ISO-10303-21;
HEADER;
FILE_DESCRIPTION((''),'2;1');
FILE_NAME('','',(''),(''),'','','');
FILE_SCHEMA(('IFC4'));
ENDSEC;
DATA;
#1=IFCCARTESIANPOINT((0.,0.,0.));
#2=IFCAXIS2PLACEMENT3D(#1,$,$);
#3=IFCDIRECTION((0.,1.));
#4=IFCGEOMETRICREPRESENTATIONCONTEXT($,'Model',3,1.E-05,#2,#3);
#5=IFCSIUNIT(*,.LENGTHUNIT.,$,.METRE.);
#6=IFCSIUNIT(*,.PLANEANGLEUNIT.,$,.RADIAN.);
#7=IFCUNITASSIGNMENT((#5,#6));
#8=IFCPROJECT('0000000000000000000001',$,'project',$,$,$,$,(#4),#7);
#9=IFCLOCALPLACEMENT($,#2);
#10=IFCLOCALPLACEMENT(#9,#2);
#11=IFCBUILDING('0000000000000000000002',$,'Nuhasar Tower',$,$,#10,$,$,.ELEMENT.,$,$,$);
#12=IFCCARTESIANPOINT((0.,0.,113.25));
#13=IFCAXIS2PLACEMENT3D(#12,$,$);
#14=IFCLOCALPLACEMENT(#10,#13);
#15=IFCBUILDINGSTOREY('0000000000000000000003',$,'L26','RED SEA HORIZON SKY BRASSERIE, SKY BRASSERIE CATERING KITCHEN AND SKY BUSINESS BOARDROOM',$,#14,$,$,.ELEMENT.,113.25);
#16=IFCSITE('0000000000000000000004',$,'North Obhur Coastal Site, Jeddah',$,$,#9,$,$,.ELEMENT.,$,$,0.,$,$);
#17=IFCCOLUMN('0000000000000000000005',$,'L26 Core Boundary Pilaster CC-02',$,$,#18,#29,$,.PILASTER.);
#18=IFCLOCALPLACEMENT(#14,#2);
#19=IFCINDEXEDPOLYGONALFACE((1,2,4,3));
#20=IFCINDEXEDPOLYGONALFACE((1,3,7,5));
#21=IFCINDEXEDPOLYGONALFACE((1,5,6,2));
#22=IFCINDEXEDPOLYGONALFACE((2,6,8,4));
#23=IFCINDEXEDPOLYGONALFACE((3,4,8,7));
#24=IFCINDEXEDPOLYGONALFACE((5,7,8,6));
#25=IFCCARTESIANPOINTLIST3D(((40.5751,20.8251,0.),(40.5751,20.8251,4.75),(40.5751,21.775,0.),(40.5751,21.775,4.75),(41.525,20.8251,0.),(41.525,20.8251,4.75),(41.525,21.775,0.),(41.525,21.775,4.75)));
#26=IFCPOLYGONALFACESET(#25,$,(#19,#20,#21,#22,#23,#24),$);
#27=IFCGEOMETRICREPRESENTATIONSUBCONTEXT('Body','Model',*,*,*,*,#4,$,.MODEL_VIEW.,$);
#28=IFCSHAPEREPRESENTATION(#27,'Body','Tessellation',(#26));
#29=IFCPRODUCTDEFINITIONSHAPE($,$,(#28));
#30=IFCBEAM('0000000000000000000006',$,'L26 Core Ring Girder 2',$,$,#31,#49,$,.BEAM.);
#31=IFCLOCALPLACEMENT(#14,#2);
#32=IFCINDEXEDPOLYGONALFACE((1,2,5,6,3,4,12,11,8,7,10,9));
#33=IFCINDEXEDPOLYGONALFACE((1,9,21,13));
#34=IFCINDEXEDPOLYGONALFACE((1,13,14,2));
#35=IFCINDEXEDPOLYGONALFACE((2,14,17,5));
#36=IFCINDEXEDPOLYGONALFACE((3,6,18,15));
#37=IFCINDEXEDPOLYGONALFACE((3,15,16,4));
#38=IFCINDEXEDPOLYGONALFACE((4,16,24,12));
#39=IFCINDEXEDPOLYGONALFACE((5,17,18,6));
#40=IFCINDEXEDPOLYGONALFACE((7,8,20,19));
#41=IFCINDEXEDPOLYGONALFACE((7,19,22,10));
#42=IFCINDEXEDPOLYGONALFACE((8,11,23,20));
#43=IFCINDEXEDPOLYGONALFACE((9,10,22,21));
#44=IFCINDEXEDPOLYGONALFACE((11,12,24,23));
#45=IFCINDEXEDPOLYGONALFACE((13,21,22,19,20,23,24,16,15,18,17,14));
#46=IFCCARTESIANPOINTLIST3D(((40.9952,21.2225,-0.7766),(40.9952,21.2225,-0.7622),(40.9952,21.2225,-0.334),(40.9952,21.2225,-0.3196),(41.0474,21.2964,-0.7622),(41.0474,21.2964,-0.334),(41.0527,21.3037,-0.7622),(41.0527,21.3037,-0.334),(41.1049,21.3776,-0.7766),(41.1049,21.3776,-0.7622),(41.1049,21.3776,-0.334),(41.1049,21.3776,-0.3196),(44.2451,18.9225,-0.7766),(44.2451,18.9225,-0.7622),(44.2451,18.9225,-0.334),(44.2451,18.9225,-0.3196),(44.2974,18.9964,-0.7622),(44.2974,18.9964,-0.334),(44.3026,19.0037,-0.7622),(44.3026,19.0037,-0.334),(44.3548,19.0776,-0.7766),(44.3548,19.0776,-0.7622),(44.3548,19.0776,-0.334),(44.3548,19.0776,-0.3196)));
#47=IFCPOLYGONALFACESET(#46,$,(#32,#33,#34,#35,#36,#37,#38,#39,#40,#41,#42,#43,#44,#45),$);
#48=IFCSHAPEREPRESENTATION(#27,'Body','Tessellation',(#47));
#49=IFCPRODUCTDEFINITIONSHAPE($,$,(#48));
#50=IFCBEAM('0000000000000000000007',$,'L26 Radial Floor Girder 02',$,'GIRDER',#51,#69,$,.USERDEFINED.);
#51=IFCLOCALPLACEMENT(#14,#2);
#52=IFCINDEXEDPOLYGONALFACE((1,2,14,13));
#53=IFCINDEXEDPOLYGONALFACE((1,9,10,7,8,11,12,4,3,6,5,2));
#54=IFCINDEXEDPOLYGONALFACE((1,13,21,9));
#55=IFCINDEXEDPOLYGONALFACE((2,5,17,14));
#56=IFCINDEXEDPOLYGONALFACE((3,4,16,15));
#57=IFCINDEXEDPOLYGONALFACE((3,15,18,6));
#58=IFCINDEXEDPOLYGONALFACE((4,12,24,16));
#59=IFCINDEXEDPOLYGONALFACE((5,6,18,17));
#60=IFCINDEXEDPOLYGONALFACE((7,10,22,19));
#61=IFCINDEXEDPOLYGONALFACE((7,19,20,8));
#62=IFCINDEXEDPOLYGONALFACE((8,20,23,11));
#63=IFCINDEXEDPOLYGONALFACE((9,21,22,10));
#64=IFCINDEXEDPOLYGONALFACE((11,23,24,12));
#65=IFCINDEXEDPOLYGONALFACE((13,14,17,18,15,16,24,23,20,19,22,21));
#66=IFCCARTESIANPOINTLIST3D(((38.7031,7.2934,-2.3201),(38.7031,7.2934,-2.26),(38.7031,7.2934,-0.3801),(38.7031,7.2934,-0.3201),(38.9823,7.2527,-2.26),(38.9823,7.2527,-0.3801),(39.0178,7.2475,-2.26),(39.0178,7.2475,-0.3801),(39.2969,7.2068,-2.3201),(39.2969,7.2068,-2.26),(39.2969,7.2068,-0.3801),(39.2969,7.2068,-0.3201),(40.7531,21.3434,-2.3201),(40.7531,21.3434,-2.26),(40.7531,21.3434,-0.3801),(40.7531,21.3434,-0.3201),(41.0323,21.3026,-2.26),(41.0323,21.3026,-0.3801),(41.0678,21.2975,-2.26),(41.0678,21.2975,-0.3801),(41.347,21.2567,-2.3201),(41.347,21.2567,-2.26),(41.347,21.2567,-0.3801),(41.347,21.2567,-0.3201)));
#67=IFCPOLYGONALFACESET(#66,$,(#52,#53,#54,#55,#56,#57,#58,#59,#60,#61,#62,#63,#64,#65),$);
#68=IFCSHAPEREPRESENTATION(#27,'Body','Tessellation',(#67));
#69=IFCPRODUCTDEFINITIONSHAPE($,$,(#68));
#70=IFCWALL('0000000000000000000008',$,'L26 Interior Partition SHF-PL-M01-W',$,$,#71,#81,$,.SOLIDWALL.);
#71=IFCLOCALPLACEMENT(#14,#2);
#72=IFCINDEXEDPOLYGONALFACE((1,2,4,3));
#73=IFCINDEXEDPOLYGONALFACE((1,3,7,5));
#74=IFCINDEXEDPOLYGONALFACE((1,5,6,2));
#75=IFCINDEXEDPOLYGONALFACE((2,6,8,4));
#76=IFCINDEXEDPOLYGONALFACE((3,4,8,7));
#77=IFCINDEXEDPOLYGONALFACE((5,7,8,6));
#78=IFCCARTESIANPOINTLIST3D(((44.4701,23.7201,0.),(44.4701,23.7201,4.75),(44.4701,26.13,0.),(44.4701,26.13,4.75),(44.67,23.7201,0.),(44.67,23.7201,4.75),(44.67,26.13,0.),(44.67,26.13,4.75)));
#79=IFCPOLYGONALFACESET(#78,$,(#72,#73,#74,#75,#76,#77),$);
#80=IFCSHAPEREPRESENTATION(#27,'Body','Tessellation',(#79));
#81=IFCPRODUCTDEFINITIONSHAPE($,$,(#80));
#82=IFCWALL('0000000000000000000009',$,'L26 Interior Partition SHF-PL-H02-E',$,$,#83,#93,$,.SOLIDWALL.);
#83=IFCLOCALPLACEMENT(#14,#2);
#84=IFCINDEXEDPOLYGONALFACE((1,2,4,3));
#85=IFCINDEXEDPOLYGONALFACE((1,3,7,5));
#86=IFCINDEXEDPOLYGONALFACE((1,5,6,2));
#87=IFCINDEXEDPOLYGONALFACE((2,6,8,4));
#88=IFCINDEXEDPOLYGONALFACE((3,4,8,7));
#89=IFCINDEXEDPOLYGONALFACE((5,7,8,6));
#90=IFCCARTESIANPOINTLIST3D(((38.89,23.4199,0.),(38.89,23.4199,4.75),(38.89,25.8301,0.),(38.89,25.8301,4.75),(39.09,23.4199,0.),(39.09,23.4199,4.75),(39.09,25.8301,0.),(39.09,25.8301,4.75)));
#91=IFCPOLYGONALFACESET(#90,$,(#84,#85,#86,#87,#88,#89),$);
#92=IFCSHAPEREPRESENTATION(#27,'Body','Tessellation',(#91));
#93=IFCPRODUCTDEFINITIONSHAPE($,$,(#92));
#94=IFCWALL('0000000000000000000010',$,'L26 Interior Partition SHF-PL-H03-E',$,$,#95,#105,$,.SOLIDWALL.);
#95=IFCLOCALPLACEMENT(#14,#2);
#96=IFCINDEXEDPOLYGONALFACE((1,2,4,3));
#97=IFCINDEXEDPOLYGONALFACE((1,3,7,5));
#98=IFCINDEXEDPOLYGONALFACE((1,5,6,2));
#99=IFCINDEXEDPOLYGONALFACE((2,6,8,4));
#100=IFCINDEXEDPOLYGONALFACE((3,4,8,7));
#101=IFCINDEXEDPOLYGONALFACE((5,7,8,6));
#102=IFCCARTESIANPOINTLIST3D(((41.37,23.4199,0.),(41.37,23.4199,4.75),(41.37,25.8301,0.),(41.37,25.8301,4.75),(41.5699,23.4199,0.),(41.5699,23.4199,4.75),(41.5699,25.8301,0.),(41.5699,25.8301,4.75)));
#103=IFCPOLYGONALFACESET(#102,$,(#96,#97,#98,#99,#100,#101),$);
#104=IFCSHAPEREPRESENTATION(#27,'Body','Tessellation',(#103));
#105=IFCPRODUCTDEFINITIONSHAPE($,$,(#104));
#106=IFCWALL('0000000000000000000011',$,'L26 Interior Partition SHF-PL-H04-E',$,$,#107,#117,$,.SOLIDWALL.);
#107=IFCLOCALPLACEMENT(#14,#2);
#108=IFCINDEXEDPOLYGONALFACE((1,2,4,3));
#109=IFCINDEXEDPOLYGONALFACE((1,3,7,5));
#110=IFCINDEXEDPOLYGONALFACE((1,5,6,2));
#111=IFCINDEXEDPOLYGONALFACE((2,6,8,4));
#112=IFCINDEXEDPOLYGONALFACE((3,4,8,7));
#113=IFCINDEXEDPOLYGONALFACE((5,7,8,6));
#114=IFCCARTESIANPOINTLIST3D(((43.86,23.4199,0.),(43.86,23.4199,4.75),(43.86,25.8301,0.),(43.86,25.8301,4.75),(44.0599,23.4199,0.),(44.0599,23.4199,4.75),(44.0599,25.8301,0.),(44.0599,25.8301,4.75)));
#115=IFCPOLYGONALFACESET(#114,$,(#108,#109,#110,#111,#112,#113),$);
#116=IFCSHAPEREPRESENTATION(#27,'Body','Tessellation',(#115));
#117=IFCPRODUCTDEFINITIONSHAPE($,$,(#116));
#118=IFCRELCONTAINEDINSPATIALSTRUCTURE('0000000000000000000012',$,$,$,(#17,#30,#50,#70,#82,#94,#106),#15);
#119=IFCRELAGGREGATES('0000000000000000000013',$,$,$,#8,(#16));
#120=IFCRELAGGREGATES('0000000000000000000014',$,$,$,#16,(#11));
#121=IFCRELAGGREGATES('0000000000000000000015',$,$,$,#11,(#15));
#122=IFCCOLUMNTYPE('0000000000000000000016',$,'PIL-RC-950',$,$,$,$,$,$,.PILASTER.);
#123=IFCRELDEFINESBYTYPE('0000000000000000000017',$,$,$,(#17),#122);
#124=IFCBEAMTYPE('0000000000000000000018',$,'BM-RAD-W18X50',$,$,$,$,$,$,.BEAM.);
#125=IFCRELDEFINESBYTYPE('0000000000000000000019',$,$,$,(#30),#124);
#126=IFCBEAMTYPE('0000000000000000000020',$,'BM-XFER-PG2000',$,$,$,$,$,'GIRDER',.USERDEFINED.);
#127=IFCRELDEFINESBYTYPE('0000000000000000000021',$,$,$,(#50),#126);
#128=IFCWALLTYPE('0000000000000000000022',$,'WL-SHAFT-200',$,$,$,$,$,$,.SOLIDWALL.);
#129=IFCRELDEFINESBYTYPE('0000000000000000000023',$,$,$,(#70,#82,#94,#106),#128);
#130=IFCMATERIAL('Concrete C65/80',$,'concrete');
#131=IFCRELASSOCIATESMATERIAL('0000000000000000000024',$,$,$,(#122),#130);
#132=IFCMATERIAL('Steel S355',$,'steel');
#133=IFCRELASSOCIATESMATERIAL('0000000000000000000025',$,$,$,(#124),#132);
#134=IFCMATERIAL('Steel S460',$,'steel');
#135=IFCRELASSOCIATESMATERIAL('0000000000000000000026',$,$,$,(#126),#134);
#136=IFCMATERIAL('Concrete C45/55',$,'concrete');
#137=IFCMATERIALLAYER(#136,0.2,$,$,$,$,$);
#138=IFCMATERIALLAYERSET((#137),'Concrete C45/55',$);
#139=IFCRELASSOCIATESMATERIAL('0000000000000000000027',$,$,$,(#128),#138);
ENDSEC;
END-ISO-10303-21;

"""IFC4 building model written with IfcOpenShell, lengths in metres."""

from ifc_helpers import new_model, si_unit, direction, frame, frame_2d, origin, origin_2d, place, context, subcontext, project, spatial, rectangle, i_section, extrude, material, layer, layer_set, material_profile, profile_set, type_object, element, save


model = new_model("IFC4")

# Units and contexts
model_context = context("Model", 3, precision=1e-05, world=origin(), true_north=direction((0.0, 1.0)))
body_context = subcontext(model_context, "Body", "Model", "MODEL_VIEW")
ifc_project = project(units=[si_unit("LENGTHUNIT", "METRE"), si_unit("PLANEANGLEUNIT", "RADIAN")], contexts=[model_context])

# Site, building, storey
site_placement = place(None, origin())
site = spatial("IfcSite", under=ifc_project, at=site_placement, Name="North Obhur Coastal Site, Jeddah", CompositionType="ELEMENT", RefElevation=0.0)
building_placement = place(site_placement, origin())
building = spatial("IfcBuilding", under=site, at=building_placement, Name="Nuhasar Tower", CompositionType="ELEMENT")
storey_placement = place(building_placement, frame((0.0, 0.0, 113.25)))
storey = spatial("IfcBuildingStorey", under=building, at=storey_placement, Name="L26", Description="RED SEA HORIZON SKY BRASSERIE, SKY BRASSERIE CATERING KITCHEN AND SKY BUSINESS BOARDROOM", CompositionType="ELEMENT", Elevation=113.25)

# Column
ifc_material_1 = material(Name="Concrete C65/80", Category="concrete")
ifc_material_profile_1 = material_profile(ifc_material_1, rectangle(XDim=0.95, YDim=0.95, at=origin_2d()), Name="RC950X950")
ifc_profile_set_1 = profile_set([ifc_material_profile_1], Name="Concrete C65/80")
column_type = type_object("IfcColumnType", Name="PIL-RC-950", PredefinedType="PILASTER", material=ifc_profile_set_1)
column_placement = place(storey_placement, frame((41.05, 21.3, 0.0), z_axis=(0.0, 0.0, 1.0), x_axis=(1.0, 0.0, 0.0)))
element("IfcColumn", 1, at=column_placement, inside=storey, type_object=column_type, Name="L26 Core Boundary Pilaster CC-02", PredefinedType="PILASTER", context=body_context, shape_type="SweptSolid", body=[
    extrude(rectangle(XDim=0.95, YDim=0.95, at=origin_2d()), origin(), (0.0, 0.0, 1.0), 4.75),
])

# Beams
ifc_material_2 = material(Name="Steel S355", Category="steel")
ifc_material_profile_2 = material_profile(ifc_material_2, i_section(OverallWidth=0.1899, OverallDepth=0.457, WebThickness=0.009, FlangeThickness=0.0144, at=origin_2d()), Name="W18X50")
ifc_profile_set_2 = profile_set([ifc_material_profile_2], Name="Steel S355")
beam_type_1 = type_object("IfcBeamType", Name="BM-RAD-W18X50", PredefinedType="BEAM", material=ifc_profile_set_2)
beam_1_placement = place(storey_placement, frame((41.05, 21.3, -0.5481), z_axis=(0.816265, -0.577677, 0.0), x_axis=(0.577677, 0.816265, 0.0)))
element("IfcBeam", 2, at=beam_1_placement, inside=storey, type_object=beam_type_1, Name="L26 Core Ring Girder 2", PredefinedType="BEAM", context=body_context, shape_type="SweptSolid", body=[
    extrude(i_section(OverallWidth=0.1899, OverallDepth=0.457, WebThickness=0.009, FlangeThickness=0.0144, at=origin_2d()), origin(), (0.0, 0.0, 1.0), 3.9814),
])
ifc_material_3 = material(Name="Steel S460", Category="steel")
ifc_material_profile_3 = material_profile(ifc_material_3, i_section(OverallWidth=0.6001, OverallDepth=2.0, WebThickness=0.0359, FlangeThickness=0.0601, at=origin_2d()), Name="PG2000X600")
ifc_profile_set_3 = profile_set([ifc_material_profile_3], Name="Steel S460")
beam_type_2 = type_object("IfcBeamType", Name="BM-XFER-PG2000", ElementType="GIRDER", PredefinedType="USERDEFINED", material=ifc_profile_set_3)
beam_2_placement = place(storey_placement, frame((41.05, 21.3, -1.3201), z_axis=(-0.144382, -0.989522, 0.0), x_axis=(0.989522, -0.144382, 0.0)))
element("IfcBeam", 3, at=beam_2_placement, inside=storey, type_object=beam_type_2, Name="L26 Radial Floor Girder 02", ObjectType="GIRDER", PredefinedType="USERDEFINED", context=body_context, shape_type="SweptSolid", body=[
    extrude(i_section(OverallWidth=0.6001, OverallDepth=2.0, WebThickness=0.0359, FlangeThickness=0.0601, at=origin_2d()), origin(), (0.0, 0.0, 1.0), 14.1987),
])

# Shared definitions
ifc_material_4 = material(Name="Concrete C45/55", Category="concrete")
ifc_layer_1 = layer(ifc_material_4, 0.2)
ifc_layer_set_1 = layer_set([ifc_layer_1], Name="Concrete C45/55")
wall_type_1 = type_object("IfcWallType", Name="WL-SHAFT-200", PredefinedType="SOLIDWALL", material=ifc_layer_set_1)

# Wall
wall_1_placement = place(storey_placement, frame((44.5701, 23.72, 0.0), z_axis=(0.0, 0.0, 1.0), x_axis=(0.0, 1.0, 0.0)))
element("IfcWall", 4, at=wall_1_placement, inside=storey, type_object=wall_type_1, Name="L26 Interior Partition SHF-PL-M01-W", PredefinedType="SOLIDWALL", context=body_context, shape_type="SweptSolid", body=[
    extrude(rectangle(XDim=2.4099, YDim=0.2, at=frame_2d((1.2051, 0.0))), origin(), (0.0, 0.0, 1.0), 4.75),
])

# Wall
wall_2_placement = place(storey_placement, frame((38.99, 23.4199, 0.0), z_axis=(0.0, 0.0, 1.0), x_axis=(0.0, 1.0, 0.0)))
element("IfcWall", 5, at=wall_2_placement, inside=storey, type_object=wall_type_1, Name="L26 Interior Partition SHF-PL-H02-E", PredefinedType="SOLIDWALL", context=body_context, shape_type="SweptSolid", body=[
    extrude(rectangle(XDim=2.4102, YDim=0.2, at=frame_2d((1.2051, 0.0))), origin(), (0.0, 0.0, 1.0), 4.75),
])

# Wall
wall_3_placement = place(storey_placement, frame((41.47, 23.4199, 0.0), z_axis=(0.0, 0.0, 1.0), x_axis=(0.0, 1.0, 0.0)))
element("IfcWall", 6, at=wall_3_placement, inside=storey, type_object=wall_type_1, Name="L26 Interior Partition SHF-PL-H03-E", PredefinedType="SOLIDWALL", context=body_context, shape_type="SweptSolid", body=[
    extrude(rectangle(XDim=2.4102, YDim=0.2, at=frame_2d((1.2051, 0.0))), origin(), (0.0, 0.0, 1.0), 4.75),
])

# Wall
wall_4_placement = place(storey_placement, frame((43.96, 23.4199, 0.0), z_axis=(0.0, 0.0, 1.0), x_axis=(0.0, 1.0, 0.0)))
element("IfcWall", 7, at=wall_4_placement, inside=storey, type_object=wall_type_1, Name="L26 Interior Partition SHF-PL-H04-E", PredefinedType="SOLIDWALL", context=body_context, shape_type="SweptSolid", body=[
    extrude(rectangle(XDim=2.4102, YDim=0.2, at=frame_2d((1.2051, 0.0))), origin(), (0.0, 0.0, 1.0), 4.75),
])

save(model, "model.ifc")
